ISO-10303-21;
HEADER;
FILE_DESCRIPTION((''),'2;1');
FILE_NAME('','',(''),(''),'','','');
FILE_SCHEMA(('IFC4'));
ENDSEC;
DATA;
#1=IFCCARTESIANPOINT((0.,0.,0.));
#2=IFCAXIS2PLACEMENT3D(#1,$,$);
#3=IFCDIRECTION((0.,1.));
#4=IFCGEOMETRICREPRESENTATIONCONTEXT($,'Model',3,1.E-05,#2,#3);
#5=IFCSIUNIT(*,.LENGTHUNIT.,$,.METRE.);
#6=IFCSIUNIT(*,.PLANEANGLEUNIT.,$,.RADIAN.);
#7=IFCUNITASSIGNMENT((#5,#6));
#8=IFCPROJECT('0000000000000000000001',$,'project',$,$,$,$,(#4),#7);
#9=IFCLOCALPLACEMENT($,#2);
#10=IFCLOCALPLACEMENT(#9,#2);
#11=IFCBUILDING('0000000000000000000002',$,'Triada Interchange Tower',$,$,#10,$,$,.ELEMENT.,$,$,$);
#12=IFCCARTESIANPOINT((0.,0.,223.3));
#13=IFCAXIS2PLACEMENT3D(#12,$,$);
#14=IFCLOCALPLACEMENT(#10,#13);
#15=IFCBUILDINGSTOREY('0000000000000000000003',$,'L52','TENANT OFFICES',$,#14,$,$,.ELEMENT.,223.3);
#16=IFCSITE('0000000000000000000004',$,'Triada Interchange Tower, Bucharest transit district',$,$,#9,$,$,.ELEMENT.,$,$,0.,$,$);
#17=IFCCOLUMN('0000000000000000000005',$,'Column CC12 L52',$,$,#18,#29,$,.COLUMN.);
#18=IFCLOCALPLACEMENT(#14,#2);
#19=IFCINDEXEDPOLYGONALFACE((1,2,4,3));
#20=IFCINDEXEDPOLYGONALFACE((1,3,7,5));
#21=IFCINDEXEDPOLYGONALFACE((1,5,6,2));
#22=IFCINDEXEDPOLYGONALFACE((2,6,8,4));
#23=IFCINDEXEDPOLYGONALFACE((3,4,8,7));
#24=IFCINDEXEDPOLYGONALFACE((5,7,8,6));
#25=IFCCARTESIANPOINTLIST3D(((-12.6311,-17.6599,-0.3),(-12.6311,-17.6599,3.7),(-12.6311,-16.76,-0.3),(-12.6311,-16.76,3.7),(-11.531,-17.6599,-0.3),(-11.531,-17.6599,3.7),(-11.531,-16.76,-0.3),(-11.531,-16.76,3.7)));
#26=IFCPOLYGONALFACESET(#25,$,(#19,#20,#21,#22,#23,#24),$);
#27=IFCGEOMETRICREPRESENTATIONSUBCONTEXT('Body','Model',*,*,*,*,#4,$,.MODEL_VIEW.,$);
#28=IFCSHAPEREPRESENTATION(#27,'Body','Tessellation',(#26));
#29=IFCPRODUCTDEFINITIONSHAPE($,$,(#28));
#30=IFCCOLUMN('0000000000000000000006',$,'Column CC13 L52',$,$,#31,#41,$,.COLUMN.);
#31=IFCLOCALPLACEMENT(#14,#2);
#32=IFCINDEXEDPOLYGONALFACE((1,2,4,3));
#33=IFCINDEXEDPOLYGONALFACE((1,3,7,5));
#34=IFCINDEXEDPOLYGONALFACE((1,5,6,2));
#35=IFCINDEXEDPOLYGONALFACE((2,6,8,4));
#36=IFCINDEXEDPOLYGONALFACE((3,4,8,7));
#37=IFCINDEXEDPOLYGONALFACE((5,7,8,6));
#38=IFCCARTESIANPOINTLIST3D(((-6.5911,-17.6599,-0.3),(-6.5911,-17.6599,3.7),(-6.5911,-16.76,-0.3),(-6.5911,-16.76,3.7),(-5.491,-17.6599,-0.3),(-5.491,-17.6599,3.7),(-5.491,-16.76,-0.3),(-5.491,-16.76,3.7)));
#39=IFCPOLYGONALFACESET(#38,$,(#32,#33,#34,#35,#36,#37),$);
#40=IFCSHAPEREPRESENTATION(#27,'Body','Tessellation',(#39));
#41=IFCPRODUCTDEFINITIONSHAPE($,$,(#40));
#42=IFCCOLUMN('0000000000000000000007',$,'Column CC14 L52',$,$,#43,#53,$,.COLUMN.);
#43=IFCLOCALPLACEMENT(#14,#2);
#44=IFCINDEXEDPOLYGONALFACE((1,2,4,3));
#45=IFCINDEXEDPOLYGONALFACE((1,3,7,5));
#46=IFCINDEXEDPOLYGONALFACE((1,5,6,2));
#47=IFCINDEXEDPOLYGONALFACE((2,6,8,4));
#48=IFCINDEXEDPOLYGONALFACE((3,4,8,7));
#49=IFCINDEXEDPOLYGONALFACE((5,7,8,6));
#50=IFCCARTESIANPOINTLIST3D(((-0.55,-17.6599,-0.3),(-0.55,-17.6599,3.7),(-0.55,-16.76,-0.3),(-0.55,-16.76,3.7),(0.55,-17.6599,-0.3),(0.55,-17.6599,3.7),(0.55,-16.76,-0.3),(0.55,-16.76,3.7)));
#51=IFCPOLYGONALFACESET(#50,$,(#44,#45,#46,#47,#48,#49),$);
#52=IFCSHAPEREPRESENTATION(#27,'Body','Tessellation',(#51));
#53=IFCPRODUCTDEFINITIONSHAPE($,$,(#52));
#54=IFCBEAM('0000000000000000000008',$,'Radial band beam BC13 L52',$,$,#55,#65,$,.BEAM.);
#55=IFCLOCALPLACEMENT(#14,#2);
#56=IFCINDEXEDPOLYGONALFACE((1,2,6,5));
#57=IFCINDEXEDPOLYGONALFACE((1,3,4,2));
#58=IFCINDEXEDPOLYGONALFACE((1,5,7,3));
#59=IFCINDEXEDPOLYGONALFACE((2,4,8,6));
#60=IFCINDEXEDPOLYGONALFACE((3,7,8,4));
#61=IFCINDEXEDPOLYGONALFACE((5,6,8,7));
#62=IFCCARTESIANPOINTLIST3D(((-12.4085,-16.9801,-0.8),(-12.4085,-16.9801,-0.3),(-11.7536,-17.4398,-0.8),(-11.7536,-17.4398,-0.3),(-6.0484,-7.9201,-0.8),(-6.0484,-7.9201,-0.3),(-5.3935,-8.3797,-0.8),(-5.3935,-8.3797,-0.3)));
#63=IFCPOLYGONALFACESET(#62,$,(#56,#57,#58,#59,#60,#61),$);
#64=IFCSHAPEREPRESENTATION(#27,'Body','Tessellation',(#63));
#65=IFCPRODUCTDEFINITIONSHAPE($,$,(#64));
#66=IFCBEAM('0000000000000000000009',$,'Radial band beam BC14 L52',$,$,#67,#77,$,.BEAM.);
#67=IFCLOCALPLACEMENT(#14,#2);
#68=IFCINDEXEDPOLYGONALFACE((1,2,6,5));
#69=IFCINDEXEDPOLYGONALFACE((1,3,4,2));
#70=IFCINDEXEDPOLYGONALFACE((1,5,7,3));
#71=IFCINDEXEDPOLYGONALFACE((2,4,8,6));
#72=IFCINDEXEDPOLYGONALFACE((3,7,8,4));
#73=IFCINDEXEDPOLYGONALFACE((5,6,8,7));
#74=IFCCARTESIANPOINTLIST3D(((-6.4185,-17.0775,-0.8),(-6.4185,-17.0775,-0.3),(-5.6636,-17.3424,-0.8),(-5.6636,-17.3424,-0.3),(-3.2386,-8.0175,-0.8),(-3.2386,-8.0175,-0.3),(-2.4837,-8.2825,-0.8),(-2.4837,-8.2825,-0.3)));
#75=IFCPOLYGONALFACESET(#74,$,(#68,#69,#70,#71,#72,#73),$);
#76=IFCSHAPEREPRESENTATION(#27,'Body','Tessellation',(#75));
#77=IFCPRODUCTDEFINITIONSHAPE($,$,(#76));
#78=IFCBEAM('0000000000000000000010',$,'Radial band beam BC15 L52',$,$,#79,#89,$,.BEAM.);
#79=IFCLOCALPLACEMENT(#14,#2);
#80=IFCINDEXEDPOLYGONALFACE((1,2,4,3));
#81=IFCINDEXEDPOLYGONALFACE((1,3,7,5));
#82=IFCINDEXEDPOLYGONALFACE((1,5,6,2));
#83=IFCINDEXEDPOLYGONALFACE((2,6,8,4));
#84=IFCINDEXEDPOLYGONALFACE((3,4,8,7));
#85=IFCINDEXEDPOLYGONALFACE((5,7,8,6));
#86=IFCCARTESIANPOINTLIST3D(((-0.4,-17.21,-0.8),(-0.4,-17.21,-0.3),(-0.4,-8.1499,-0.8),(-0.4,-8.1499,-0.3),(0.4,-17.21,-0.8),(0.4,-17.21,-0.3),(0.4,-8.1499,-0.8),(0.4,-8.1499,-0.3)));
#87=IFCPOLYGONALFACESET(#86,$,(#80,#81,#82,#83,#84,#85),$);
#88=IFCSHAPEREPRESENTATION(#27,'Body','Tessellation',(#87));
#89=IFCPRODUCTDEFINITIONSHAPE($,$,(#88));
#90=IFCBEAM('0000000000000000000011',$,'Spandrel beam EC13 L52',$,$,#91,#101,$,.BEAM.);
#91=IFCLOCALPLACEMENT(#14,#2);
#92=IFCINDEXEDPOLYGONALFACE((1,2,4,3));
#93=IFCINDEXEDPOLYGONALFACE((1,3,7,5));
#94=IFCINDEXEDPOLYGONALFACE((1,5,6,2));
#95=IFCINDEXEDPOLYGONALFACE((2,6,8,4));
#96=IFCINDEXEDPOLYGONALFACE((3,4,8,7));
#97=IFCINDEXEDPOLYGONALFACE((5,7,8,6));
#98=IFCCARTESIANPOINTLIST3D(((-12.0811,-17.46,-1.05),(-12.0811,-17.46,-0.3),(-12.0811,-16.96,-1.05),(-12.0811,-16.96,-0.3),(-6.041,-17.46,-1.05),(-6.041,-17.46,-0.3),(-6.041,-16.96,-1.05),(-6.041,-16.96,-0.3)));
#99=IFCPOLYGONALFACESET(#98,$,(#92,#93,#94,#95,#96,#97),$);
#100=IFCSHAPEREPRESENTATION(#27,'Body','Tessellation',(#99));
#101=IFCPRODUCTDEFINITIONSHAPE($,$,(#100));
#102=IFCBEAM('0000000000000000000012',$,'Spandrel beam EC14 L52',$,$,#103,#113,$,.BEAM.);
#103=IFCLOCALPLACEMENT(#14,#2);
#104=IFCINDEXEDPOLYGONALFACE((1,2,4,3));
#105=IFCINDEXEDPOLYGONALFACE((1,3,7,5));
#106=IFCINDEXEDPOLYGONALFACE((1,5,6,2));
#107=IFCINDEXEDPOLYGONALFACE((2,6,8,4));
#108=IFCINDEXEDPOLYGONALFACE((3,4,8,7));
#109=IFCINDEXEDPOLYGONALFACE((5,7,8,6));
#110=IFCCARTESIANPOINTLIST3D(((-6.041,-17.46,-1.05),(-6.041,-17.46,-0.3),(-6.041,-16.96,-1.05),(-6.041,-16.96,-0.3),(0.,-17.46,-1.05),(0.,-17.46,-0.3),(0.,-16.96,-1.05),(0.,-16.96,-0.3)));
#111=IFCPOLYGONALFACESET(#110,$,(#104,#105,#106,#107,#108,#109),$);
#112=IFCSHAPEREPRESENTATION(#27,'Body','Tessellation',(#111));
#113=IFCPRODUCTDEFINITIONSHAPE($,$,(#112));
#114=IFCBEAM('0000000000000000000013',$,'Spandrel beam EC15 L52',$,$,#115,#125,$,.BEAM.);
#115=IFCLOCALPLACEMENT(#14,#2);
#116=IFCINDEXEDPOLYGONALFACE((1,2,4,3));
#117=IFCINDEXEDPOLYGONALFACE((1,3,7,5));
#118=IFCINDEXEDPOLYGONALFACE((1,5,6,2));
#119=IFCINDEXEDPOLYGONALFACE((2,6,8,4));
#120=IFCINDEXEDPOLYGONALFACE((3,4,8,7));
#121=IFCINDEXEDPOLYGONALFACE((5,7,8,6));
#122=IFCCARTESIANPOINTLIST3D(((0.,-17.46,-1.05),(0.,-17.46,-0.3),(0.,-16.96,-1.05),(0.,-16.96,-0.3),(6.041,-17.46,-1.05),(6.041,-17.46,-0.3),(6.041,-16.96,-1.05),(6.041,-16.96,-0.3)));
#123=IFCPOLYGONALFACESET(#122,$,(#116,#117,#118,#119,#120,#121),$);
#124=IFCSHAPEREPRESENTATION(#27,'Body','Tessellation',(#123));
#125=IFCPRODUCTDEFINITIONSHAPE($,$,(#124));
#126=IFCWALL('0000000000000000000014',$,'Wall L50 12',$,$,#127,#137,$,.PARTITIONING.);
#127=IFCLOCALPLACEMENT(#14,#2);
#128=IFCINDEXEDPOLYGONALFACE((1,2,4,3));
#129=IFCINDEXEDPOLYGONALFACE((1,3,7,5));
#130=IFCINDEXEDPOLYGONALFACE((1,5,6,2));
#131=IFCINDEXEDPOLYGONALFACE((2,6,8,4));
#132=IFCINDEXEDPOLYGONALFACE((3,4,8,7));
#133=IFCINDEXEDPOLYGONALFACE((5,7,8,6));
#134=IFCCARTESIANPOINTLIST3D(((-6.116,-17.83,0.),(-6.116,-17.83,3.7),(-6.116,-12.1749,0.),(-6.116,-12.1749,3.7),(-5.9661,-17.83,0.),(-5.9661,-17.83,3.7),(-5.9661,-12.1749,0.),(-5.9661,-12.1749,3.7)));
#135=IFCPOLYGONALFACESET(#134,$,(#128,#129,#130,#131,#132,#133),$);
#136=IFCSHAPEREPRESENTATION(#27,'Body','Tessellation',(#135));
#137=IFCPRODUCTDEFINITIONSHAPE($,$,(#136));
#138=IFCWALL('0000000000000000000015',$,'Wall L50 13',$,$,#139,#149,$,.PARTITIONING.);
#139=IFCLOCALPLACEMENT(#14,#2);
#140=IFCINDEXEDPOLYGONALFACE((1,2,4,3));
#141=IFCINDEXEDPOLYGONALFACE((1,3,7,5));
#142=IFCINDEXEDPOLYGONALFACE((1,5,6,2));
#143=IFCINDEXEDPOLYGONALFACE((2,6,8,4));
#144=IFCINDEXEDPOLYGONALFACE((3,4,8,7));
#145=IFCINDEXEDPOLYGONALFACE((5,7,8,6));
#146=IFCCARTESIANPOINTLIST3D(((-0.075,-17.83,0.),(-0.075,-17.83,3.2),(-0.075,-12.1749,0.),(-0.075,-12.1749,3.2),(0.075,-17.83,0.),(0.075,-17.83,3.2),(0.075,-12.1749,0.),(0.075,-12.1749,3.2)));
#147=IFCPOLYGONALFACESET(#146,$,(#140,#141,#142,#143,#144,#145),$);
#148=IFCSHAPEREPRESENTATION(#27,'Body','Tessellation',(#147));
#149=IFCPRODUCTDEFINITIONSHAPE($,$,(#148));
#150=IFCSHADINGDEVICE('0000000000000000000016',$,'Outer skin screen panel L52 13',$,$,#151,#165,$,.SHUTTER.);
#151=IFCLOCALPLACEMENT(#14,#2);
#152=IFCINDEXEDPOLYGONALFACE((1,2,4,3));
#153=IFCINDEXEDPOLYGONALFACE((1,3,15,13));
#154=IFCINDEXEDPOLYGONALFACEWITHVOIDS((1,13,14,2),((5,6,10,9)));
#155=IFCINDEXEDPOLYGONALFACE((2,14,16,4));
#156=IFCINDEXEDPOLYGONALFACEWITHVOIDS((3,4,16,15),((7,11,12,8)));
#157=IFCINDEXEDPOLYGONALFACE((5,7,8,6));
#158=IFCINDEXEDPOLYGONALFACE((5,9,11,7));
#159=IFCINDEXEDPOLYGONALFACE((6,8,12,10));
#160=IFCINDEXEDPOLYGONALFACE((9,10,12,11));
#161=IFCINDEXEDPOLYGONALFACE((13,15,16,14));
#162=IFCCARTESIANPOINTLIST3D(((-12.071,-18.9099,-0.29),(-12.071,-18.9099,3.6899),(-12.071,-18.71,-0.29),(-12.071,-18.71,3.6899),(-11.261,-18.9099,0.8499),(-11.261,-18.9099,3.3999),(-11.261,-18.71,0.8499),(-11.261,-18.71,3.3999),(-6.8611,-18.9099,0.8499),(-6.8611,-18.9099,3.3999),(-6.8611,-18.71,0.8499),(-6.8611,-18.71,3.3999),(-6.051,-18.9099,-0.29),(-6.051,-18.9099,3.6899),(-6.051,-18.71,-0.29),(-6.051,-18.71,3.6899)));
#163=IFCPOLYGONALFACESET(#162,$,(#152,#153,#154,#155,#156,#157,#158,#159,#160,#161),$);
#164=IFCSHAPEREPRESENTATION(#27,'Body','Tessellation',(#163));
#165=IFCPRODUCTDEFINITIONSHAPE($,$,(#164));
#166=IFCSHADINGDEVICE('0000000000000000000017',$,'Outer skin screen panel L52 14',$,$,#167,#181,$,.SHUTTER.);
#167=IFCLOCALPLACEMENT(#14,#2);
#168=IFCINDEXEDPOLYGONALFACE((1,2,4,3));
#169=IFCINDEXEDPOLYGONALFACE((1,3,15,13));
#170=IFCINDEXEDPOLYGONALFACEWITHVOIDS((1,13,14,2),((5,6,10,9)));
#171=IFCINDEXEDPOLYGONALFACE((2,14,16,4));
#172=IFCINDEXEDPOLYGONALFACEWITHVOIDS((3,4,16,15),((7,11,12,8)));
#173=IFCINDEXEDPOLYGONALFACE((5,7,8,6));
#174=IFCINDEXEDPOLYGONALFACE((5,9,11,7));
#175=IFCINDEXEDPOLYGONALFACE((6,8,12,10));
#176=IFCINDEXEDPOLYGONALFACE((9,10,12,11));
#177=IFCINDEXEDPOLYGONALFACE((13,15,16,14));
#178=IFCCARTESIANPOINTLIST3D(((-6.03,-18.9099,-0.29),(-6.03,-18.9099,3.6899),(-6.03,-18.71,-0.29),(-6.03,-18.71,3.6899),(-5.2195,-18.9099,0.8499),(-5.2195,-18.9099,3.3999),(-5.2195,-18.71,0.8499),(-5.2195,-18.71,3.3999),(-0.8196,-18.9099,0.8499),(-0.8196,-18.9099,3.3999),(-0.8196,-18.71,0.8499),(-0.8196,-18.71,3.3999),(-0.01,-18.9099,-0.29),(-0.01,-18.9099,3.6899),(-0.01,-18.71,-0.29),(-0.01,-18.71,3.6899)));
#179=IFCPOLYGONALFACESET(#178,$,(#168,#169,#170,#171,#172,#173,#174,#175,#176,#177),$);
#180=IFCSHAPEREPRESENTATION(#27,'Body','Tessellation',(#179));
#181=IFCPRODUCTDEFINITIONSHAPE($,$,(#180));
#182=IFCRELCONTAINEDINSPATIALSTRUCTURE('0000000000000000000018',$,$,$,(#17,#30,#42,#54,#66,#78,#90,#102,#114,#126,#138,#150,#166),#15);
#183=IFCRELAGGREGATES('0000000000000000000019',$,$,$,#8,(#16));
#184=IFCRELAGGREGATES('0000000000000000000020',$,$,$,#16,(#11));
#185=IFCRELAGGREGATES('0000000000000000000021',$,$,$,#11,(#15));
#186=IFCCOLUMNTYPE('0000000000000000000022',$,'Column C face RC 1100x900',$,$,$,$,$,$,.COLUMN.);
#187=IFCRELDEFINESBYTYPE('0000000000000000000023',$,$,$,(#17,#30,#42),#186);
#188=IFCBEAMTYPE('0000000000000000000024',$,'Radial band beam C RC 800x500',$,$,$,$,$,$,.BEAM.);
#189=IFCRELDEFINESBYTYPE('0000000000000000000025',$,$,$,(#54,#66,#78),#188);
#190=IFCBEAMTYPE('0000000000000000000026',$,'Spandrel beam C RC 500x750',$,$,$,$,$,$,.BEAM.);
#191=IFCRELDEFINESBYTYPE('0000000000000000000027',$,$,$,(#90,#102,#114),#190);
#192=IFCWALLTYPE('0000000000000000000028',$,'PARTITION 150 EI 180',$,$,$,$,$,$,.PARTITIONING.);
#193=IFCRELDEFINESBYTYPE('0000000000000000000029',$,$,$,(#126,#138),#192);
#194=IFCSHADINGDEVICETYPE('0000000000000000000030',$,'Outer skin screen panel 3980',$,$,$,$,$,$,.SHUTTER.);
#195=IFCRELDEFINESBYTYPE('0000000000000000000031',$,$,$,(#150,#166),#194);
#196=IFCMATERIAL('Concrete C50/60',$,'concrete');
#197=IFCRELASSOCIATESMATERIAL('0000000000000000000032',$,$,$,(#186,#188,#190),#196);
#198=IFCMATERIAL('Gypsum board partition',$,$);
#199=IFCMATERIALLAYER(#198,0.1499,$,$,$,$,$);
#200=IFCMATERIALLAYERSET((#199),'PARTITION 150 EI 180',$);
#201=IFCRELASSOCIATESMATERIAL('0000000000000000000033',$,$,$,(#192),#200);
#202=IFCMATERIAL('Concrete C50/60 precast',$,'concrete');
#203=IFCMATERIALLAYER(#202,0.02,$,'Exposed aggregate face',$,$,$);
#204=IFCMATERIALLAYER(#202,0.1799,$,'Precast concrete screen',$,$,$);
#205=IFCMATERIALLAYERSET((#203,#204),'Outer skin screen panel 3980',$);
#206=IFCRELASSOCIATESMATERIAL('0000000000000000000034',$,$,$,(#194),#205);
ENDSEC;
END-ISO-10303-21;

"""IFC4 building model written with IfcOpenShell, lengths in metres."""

from ifc_helpers import new_model, si_unit, direction, frame, frame_2d, origin, origin_2d, place, context, subcontext, project, spatial, polyline, rectangle, outline, extrude, material, layer, layer_set, material_profile, profile_set, type_object, element, save


model = new_model("IFC4")

# Units and contexts
model_context = context("Model", 3, precision=1e-05, world=origin(), true_north=direction((0.0, 1.0)))
body_context = subcontext(model_context, "Body", "Model", "MODEL_VIEW")
ifc_project = project(units=[si_unit("LENGTHUNIT", "METRE"), si_unit("PLANEANGLEUNIT", "RADIAN")], contexts=[model_context])

# Site, building, storey
site_placement = place(None, origin())
site = spatial("IfcSite", under=ifc_project, at=site_placement, Name="Triada Interchange Tower, Bucharest transit district", CompositionType="ELEMENT", RefElevation=0.0)
building_placement = place(site_placement, origin())
building = spatial("IfcBuilding", under=site, at=building_placement, Name="Triada Interchange Tower", CompositionType="ELEMENT")
storey_placement = place(building_placement, frame((0.0, 0.0, 223.3)))
storey = spatial("IfcBuildingStorey", under=building, at=storey_placement, Name="L52", Description="TENANT OFFICES", CompositionType="ELEMENT", Elevation=223.3)

# Columns
ifc_material_1 = material(Name="Concrete C50/60", Category="concrete")
ifc_material_profile_1 = material_profile(ifc_material_1, rectangle(XDim=1.1001, YDim=0.8999, at=origin_2d()), Name="RC 1100x900")
ifc_profile_set_1 = profile_set([ifc_material_profile_1], Name="Concrete C50/60")
column_type = type_object("IfcColumnType", Name="Column C face RC 1100x900", PredefinedType="COLUMN", material=ifc_profile_set_1)
for number, where, z_axis, x_axis, name in (
    (1, (-12.0811, -17.21, -0.3), (0.0, 0.0, 1.0), (1.0, 0.0, 0.0), "Column CC12 L52"),
    (2, (-6.041, -17.21, -0.3), (0.0, 0.0, 1.0), (1.0, 0.0, 0.0), "Column CC13 L52"),
    (3, (0.0, -17.21, -0.3), (0.0, 0.0, 1.0), (1.0, 0.0, 0.0), "Column CC14 L52"),
):
    element("IfcColumn", number, at=place(storey_placement, frame(where, z_axis=z_axis, x_axis=x_axis)), inside=storey, type_object=column_type, Name=name, PredefinedType="COLUMN", context=body_context, shape_type="SweptSolid", body=[
        extrude(rectangle(XDim=1.1001, YDim=0.8999, at=origin_2d()), origin(), (0.0, 0.0, 1.0), 4.0),
    ])

# Beams
ifc_material_profile_2 = material_profile(ifc_material_1, rectangle(XDim=0.8, YDim=0.5, at=origin_2d()), Name="RC 800x500")
ifc_profile_set_2 = profile_set([ifc_material_profile_2], Name="Concrete C50/60")
beam_type_1 = type_object("IfcBeamType", Name="Radial band beam C RC 800x500", PredefinedType="BEAM", material=ifc_profile_set_2)
beam_1_placement = place(storey_placement, frame((-12.0811, -17.21, -0.55), z_axis=(0.574557, 0.818464, 0.0), x_axis=(-0.818464, 0.574557, 0.0)))
element("IfcBeam", 4, at=beam_1_placement, inside=storey, type_object=beam_type_1, Name="Radial band beam BC13 L52", PredefinedType="BEAM", context=body_context, shape_type="SweptSolid", body=[
    extrude(rectangle(XDim=0.8, YDim=0.5, at=origin_2d()), origin(), (0.0, 0.0, 1.0), 11.0696),
])
beam_2_placement = place(storey_placement, frame((-6.041, -17.21, -0.55), z_axis=(0.331177, 0.943569, 0.0), x_axis=(-0.943569, 0.331177, 0.0)))
element("IfcBeam", 5, at=beam_2_placement, inside=storey, type_object=beam_type_1, Name="Radial band beam BC14 L52", PredefinedType="BEAM", context=body_context, shape_type="SweptSolid", body=[
    extrude(rectangle(XDim=0.8, YDim=0.5, at=origin_2d()), origin(), (0.0, 0.0, 1.0), 9.6018),
])
beam_3_placement = place(storey_placement, frame((0.0, -17.21, -0.55), z_axis=(0.0, 1.0, 0.0), x_axis=(-1.0, 0.0, 0.0)))
element("IfcBeam", 6, at=beam_3_placement, inside=storey, type_object=beam_type_1, Name="Radial band beam BC15 L52", PredefinedType="BEAM", context=body_context, shape_type="SweptSolid", body=[
    extrude(rectangle(XDim=0.8, YDim=0.5, at=origin_2d()), origin(), (0.0, 0.0, 1.0), 9.0601),
])
ifc_material_profile_3 = material_profile(ifc_material_1, rectangle(XDim=0.5, YDim=0.75, at=origin_2d()), Name="RC 500x750")
ifc_profile_set_3 = profile_set([ifc_material_profile_3], Name="Concrete C50/60")
beam_type_2 = type_object("IfcBeamType", Name="Spandrel beam C RC 500x750", PredefinedType="BEAM", material=ifc_profile_set_3)
beam_4_placement = place(storey_placement, frame((-12.0811, -17.21, -0.675), z_axis=(1.0, 0.0, 0.0), x_axis=(0.0, 1.0, 0.0)))
element("IfcBeam", 7, at=beam_4_placement, inside=storey, type_object=beam_type_2, Name="Spandrel beam EC13 L52", PredefinedType="BEAM", context=body_context, shape_type="SweptSolid", body=[
    extrude(rectangle(XDim=0.5, YDim=0.75, at=origin_2d()), origin(), (0.0, 0.0, 1.0), 6.04),
])
for number, where, z_axis, x_axis, name in (
    (8, (-6.041, -17.21, -0.675), (1.0, 0.0, 0.0), (0.0, 1.0, 0.0), "Spandrel beam EC14 L52"),
    (9, (0.0, -17.21, -0.675), (1.0, 0.0, 0.0), (0.0, 1.0, 0.0), "Spandrel beam EC15 L52"),
):
    element("IfcBeam", number, at=place(storey_placement, frame(where, z_axis=z_axis, x_axis=x_axis)), inside=storey, type_object=beam_type_2, Name=name, PredefinedType="BEAM", context=body_context, shape_type="SweptSolid", body=[
        extrude(rectangle(XDim=0.5, YDim=0.75, at=origin_2d()), origin(), (0.0, 0.0, 1.0), 6.041),
    ])

# Walls
ifc_material_2 = material(Name="Gypsum board partition")
ifc_layer_1 = layer(ifc_material_2, 0.1499)
ifc_layer_set_1 = layer_set([ifc_layer_1], Name="PARTITION 150 EI 180")
wall_type_1 = type_object("IfcWallType", Name="PARTITION 150 EI 180", PredefinedType="PARTITIONING", material=ifc_layer_set_1)
wall_1_placement = place(storey_placement, frame((-6.041, -17.8301, 0.0), z_axis=(0.0, 0.0, 1.0), x_axis=(0.0, 1.0, 0.0)))
element("IfcWall", 10, at=wall_1_placement, inside=storey, type_object=wall_type_1, Name="Wall L50 12", PredefinedType="PARTITIONING", context=body_context, shape_type="SweptSolid", body=[
    extrude(rectangle(XDim=5.655, YDim=0.1499, at=frame_2d((2.8276, 0.0))), origin(), (0.0, 0.0, 1.0), 3.7),
])
wall_2_placement = place(storey_placement, frame((0.0, -17.8301, 0.0), z_axis=(0.0, 0.0, 1.0), x_axis=(0.0, 1.0, 0.0)))
element("IfcWall", 11, at=wall_2_placement, inside=storey, type_object=wall_type_1, Name="Wall L50 13", PredefinedType="PARTITIONING", context=body_context, shape_type="SweptSolid", body=[
    extrude(rectangle(XDim=5.655, YDim=0.1499, at=frame_2d((2.8276, 0.0))), origin(), (0.0, 0.0, 1.0), 3.2),
])

# Shading devices
ifc_material_3 = material(Name="Concrete C50/60 precast", Category="concrete")
ifc_layer_2 = layer(ifc_material_3, 0.02, Name="Exposed aggregate face")
ifc_layer_3 = layer(ifc_material_3, 0.1799, Name="Precast concrete screen")
ifc_layer_set_2 = layer_set([ifc_layer_2, ifc_layer_3], Name="Outer skin screen panel 3980")
shading_device_type = type_object("IfcShadingDeviceType", Name="Outer skin screen panel 3980", PredefinedType="SHUTTER", material=ifc_layer_set_2)
shading_device_1_placement = place(storey_placement, frame((-12.071, -18.71, -0.29), z_axis=(0.0, 0.0, 1.0), x_axis=(1.0, 0.0, 0.0)))
element("IfcShadingDevice", 12, at=shading_device_1_placement, inside=storey, type_object=shading_device_type, Name="Outer skin screen panel L52 13", PredefinedType="SHUTTER", context=body_context, shape_type="SweptSolid", body=[
    extrude(outline(polyline([(0.0, 0.0), (6.02, 0.0), (6.02, 3.98), (0.0, 3.98), (0.0, 0.0)]), holes=[polyline([(0.8101, 1.1399), (0.8101, 3.6899), (5.21, 3.6899), (5.21, 1.1399), (0.8101, 1.1399)])]), frame((0.0, 0.0, 0.0), z_axis=(0.0, -1.0, 0.0), x_axis=(1.0, 0.0, 0.0)), (0.0, 0.0, 1.0), 0.2),
])
shading_device_2_placement = place(storey_placement, frame((-6.03, -18.71, -0.29), z_axis=(0.0, 0.0, 1.0), x_axis=(1.0, 0.0, 0.0)))
element("IfcShadingDevice", 13, at=shading_device_2_placement, inside=storey, type_object=shading_device_type, Name="Outer skin screen panel L52 14", PredefinedType="SHUTTER", context=body_context, shape_type="SweptSolid", body=[
    extrude(outline(polyline([(0.0, 0.0), (6.02, 0.0), (6.02, 3.98), (0.0, 3.98), (0.0, 0.0)]), holes=[polyline([(0.8105, 1.1399), (0.8105, 3.6899), (5.2104, 3.6899), (5.2104, 1.1399), (0.8105, 1.1399)])]), frame((0.0, 0.0, 0.0), z_axis=(0.0, -1.0, 0.0), x_axis=(1.0, 0.0, 0.0)), (0.0, 0.0, 1.0), 0.2),
])

save(model, "model.ifc")
